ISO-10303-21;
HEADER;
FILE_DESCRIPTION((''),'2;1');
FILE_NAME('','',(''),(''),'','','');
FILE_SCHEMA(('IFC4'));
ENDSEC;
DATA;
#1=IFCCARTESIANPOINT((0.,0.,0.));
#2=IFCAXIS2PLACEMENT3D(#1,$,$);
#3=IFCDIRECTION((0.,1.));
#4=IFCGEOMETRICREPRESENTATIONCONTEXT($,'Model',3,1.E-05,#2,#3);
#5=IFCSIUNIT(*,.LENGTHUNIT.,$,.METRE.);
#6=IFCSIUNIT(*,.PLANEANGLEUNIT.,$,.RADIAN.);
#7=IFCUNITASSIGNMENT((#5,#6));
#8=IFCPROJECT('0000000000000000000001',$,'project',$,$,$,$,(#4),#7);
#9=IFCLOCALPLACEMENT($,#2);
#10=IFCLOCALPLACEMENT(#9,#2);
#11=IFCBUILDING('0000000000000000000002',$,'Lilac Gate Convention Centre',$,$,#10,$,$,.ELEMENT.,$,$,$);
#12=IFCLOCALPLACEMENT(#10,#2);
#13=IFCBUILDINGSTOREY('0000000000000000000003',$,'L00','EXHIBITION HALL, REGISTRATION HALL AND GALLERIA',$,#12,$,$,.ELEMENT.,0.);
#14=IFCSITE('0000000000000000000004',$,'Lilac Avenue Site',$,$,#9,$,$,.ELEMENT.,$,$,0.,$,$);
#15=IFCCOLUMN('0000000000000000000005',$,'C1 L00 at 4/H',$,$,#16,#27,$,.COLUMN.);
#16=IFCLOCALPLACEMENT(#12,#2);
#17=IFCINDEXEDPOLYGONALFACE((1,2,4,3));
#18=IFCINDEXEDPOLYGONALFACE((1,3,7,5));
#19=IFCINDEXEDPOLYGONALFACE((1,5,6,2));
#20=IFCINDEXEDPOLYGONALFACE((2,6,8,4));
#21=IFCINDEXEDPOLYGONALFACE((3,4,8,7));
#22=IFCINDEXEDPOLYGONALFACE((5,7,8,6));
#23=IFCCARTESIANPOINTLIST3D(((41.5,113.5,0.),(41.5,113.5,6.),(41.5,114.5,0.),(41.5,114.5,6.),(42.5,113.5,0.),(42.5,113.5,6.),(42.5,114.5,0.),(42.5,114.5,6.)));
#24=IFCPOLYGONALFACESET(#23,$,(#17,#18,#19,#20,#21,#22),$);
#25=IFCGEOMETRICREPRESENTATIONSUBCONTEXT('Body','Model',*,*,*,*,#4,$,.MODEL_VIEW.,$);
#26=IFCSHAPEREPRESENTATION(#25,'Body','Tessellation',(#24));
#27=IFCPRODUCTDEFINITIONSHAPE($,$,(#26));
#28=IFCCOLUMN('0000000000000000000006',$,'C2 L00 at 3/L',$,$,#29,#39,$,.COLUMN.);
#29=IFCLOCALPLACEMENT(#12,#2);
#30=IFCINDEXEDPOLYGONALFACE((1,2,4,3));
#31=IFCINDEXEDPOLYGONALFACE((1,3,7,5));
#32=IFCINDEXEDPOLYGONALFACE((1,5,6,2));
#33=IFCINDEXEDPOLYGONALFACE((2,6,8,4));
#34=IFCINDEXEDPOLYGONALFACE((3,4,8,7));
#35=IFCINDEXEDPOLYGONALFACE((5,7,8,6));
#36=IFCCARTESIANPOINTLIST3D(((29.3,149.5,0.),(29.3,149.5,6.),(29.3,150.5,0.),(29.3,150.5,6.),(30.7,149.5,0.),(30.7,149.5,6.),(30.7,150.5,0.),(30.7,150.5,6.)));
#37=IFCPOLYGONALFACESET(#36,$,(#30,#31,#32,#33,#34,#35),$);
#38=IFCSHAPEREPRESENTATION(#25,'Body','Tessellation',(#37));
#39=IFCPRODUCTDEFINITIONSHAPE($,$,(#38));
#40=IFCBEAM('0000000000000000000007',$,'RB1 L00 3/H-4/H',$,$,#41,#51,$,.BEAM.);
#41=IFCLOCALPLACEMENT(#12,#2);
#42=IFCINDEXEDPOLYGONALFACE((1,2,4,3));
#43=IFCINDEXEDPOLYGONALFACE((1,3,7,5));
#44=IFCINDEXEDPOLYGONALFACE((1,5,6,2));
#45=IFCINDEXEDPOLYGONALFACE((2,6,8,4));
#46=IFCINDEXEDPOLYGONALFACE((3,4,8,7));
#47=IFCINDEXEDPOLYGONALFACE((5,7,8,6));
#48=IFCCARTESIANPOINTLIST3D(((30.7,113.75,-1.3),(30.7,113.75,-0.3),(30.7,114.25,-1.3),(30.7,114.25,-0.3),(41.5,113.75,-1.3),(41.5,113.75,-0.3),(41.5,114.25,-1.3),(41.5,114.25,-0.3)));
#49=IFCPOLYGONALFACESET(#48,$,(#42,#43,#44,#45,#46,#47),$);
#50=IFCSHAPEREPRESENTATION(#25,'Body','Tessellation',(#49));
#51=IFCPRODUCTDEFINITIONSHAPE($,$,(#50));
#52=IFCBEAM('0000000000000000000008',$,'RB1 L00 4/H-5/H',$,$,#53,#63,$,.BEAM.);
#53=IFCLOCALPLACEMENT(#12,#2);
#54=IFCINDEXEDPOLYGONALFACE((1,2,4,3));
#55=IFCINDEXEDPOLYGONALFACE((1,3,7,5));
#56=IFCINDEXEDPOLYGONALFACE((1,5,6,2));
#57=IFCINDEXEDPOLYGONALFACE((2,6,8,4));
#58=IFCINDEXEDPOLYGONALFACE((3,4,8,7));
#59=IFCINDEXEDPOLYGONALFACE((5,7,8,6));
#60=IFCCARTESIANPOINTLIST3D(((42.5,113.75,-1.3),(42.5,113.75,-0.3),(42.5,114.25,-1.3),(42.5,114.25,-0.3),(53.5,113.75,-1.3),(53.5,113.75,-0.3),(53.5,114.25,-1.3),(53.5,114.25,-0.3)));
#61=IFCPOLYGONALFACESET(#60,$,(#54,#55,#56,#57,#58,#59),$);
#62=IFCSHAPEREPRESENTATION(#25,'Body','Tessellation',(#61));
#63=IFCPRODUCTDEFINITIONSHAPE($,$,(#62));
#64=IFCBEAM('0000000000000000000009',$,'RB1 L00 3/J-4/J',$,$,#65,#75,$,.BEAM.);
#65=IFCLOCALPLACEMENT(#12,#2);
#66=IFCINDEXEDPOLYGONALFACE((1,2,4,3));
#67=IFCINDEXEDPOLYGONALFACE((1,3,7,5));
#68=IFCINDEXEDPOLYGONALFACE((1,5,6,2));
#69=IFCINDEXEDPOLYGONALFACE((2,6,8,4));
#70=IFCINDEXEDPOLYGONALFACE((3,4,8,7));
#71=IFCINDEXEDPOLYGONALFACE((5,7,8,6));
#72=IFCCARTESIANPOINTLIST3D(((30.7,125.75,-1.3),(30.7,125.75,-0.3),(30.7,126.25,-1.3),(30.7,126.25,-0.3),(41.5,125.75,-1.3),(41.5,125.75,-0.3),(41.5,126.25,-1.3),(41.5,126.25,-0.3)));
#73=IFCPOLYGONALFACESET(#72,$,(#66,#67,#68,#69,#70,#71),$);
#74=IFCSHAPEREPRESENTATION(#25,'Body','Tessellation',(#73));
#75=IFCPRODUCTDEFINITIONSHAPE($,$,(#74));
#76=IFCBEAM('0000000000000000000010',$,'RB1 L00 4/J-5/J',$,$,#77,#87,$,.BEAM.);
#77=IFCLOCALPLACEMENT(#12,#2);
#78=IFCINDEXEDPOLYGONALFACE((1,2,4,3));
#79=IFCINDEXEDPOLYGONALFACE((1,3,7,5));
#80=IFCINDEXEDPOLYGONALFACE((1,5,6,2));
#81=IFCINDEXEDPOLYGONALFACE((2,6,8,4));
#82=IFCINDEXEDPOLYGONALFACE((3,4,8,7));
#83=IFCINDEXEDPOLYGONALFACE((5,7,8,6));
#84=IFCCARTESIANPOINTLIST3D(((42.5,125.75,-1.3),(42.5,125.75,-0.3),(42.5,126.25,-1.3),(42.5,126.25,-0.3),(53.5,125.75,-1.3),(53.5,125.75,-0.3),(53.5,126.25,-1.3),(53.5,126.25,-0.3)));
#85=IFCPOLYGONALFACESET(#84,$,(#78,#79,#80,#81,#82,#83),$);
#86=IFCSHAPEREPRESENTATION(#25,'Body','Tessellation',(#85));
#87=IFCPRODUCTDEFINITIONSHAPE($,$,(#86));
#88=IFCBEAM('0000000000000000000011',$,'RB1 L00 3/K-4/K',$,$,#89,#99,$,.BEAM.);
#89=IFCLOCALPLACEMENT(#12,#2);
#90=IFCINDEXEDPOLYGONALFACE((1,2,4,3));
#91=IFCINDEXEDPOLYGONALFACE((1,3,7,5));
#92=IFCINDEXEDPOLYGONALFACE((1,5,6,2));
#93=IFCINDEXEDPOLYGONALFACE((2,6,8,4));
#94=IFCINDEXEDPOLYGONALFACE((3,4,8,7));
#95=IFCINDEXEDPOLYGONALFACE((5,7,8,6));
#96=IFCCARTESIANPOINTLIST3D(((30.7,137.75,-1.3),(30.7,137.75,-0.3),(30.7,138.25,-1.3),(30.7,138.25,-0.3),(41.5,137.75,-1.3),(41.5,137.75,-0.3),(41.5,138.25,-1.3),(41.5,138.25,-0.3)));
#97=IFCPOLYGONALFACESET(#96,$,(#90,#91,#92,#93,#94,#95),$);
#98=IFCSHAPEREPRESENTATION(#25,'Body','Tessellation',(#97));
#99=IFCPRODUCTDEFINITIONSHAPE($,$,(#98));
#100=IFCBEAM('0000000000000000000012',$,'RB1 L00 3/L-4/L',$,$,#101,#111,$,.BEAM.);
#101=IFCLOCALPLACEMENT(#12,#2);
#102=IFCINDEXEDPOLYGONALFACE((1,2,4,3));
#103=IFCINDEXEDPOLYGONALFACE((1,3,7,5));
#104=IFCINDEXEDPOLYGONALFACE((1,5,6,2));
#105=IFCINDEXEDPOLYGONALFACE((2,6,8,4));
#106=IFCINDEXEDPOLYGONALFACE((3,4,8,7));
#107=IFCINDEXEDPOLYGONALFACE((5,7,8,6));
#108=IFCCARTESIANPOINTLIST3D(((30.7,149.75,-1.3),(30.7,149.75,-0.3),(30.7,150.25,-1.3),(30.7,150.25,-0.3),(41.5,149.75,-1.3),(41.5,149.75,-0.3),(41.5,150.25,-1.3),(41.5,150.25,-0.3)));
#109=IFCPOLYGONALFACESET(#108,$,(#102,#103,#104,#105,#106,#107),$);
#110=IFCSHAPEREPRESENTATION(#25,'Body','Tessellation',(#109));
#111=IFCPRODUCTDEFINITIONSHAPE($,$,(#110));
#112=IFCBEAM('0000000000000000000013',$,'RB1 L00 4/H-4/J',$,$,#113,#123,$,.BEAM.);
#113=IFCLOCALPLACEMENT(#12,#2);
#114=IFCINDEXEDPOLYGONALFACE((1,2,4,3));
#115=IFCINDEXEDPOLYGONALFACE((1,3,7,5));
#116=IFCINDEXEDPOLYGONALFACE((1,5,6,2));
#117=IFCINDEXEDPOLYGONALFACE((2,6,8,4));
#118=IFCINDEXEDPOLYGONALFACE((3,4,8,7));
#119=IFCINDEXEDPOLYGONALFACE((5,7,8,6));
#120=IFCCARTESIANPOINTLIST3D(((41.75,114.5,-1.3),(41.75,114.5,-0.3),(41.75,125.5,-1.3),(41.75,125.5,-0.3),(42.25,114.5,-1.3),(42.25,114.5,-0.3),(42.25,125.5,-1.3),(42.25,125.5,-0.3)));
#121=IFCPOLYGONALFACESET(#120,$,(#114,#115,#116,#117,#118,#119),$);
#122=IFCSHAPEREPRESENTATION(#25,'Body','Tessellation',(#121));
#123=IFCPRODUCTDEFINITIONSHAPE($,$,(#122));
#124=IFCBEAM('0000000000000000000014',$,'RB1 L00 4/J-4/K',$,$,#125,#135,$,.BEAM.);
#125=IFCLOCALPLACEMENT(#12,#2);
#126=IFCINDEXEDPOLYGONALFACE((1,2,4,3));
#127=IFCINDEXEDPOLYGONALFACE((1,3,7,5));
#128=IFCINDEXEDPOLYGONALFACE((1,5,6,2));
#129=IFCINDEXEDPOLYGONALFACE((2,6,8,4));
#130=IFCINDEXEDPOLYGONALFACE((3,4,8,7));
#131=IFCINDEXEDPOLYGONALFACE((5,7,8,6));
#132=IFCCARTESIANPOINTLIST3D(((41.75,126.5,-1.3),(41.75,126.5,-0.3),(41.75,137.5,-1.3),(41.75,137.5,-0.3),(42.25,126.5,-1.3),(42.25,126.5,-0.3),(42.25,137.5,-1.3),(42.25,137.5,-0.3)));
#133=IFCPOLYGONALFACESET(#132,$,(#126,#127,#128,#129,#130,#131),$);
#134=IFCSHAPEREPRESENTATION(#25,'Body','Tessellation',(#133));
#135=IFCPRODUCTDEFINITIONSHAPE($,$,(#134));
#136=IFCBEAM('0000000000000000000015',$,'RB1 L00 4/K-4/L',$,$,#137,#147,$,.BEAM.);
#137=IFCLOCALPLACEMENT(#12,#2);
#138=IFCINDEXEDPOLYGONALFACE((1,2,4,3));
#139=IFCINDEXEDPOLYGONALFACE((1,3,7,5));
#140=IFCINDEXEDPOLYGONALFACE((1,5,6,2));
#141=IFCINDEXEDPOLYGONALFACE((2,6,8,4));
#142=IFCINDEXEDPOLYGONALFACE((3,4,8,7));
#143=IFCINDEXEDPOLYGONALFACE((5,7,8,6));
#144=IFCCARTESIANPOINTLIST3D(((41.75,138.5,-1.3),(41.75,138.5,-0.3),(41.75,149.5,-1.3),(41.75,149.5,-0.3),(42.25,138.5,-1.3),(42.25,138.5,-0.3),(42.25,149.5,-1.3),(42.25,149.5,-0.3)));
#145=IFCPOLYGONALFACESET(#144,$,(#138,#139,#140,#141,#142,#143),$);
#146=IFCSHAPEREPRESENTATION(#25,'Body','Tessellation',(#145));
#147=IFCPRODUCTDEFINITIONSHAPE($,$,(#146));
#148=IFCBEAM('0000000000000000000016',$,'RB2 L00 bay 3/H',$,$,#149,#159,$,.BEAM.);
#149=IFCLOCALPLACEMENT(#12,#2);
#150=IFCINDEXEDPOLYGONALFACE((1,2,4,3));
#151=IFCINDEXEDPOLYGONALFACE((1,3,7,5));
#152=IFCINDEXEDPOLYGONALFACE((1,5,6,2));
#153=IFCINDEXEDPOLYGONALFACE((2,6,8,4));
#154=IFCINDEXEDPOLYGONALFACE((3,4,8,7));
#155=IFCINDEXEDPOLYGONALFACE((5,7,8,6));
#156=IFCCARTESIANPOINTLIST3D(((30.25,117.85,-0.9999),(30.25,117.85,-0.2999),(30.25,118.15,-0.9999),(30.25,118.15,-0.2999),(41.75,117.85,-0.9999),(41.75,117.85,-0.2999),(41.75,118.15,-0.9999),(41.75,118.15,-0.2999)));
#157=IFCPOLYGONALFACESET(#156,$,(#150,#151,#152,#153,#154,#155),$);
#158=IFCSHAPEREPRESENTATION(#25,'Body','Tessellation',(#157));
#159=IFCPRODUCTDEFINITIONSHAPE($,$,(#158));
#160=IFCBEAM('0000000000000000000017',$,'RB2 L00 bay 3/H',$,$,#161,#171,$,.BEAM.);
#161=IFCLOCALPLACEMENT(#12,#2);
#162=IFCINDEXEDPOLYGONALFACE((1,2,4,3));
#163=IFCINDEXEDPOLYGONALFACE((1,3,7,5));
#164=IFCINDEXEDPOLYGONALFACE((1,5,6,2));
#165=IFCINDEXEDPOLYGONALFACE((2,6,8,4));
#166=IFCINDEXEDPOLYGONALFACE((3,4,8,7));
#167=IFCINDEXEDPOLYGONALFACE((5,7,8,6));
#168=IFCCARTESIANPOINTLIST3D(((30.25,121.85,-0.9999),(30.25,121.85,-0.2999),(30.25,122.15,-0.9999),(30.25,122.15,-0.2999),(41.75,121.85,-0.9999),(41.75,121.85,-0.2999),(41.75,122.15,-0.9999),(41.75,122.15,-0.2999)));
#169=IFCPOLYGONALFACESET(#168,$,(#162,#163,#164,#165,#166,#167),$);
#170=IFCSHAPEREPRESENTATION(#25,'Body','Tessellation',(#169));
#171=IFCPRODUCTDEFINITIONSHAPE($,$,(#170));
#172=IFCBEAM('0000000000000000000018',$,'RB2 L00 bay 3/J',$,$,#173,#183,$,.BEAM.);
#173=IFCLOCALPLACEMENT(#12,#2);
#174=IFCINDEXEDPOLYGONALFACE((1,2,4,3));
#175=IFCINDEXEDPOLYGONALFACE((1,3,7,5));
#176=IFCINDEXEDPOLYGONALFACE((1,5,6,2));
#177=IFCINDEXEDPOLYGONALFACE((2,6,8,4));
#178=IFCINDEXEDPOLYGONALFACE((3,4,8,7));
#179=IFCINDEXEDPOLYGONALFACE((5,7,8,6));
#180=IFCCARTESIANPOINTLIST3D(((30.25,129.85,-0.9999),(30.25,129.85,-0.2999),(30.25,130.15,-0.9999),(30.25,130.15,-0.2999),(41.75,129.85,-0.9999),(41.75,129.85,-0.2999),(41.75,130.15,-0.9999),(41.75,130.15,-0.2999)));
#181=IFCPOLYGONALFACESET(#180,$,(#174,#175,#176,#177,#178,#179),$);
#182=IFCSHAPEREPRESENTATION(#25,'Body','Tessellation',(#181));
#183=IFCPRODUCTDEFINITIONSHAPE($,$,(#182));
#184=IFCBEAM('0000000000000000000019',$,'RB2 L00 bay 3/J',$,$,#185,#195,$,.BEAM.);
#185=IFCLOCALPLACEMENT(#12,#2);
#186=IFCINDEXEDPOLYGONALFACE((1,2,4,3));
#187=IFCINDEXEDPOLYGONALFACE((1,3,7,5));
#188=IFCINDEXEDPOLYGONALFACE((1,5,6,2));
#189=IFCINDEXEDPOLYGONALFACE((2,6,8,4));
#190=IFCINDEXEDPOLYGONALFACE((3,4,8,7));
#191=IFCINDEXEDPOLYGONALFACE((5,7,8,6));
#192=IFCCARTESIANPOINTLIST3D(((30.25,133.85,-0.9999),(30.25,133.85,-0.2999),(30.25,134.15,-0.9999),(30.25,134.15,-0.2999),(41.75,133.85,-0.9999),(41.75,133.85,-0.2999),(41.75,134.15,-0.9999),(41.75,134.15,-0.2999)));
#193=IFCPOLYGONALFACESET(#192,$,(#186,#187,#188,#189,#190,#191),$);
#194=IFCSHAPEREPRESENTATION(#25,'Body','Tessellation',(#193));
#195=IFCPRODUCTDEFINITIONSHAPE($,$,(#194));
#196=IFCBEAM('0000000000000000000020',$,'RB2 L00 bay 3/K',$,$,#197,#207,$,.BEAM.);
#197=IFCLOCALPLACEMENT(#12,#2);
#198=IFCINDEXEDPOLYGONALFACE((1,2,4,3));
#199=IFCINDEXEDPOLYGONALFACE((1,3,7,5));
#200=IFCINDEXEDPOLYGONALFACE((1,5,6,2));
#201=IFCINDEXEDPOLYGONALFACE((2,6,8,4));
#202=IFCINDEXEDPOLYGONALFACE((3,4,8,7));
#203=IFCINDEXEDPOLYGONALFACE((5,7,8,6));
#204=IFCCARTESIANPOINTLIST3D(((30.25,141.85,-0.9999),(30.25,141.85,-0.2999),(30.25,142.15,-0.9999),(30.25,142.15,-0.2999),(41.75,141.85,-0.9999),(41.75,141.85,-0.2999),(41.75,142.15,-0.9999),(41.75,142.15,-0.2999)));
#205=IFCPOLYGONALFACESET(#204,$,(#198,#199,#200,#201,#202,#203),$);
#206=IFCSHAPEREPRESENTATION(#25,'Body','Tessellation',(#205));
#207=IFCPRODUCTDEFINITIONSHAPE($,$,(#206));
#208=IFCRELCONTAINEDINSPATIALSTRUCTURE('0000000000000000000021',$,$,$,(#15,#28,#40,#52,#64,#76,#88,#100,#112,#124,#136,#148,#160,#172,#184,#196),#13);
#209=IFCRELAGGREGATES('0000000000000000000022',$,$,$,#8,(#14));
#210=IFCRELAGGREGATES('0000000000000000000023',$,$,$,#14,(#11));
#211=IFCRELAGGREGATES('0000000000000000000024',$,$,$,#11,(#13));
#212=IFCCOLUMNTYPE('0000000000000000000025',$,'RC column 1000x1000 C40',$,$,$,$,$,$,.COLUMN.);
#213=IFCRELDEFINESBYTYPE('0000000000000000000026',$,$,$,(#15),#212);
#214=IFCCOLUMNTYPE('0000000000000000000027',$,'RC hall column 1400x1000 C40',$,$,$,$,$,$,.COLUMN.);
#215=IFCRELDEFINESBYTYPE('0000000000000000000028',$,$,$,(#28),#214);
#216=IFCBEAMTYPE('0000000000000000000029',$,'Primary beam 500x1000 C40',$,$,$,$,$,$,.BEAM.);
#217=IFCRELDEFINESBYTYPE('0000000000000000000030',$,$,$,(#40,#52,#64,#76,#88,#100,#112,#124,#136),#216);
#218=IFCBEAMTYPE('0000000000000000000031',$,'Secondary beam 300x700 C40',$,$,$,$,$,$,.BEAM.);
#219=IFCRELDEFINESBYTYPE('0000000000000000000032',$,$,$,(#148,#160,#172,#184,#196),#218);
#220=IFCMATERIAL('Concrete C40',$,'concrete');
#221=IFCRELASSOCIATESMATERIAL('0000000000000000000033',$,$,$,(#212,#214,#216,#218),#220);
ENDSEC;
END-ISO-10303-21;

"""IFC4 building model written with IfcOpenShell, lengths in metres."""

from ifc_helpers import new_model, si_unit, direction, frame, origin, origin_2d, place, context, subcontext, project, spatial, rectangle, extrude, material, material_profile, profile_set, type_object, element, save


model = new_model("IFC4")

# Units and contexts
model_context = context("Model", 3, precision=1e-05, world=origin(), true_north=direction((0.0, 1.0)))
body_context = subcontext(model_context, "Body", "Model", "MODEL_VIEW")
ifc_project = project(units=[si_unit("LENGTHUNIT", "METRE"), si_unit("PLANEANGLEUNIT", "RADIAN")], contexts=[model_context])

# Site, building, storey
site_placement = place(None, origin())
site = spatial("IfcSite", under=ifc_project, at=site_placement, Name="Lilac Avenue Site", CompositionType="ELEMENT", RefElevation=0.0)
building_placement = place(site_placement, origin())
building = spatial("IfcBuilding", under=site, at=building_placement, Name="Lilac Gate Convention Centre", CompositionType="ELEMENT")
storey_placement = place(building_placement, origin())
storey = spatial("IfcBuildingStorey", under=building, at=storey_placement, Name="L00", Description="EXHIBITION HALL, REGISTRATION HALL AND GALLERIA", CompositionType="ELEMENT", Elevation=0.0)

# Columns
ifc_material_1 = material(Name="Concrete C40", Category="concrete")
ifc_material_profile_1 = material_profile(ifc_material_1, rectangle(XDim=1.0, YDim=1.0, at=origin_2d()), Name="RC 1000x1000")
ifc_profile_set_1 = profile_set([ifc_material_profile_1], Name="Concrete C40")
column_type_1 = type_object("IfcColumnType", Name="RC column 1000x1000 C40", PredefinedType="COLUMN", material=ifc_profile_set_1)
column_1_placement = place(storey_placement, frame((42.0, 114.0, 0.0), z_axis=(0.0, 0.0, 1.0), x_axis=(1.0, 0.0, 0.0)))
element("IfcColumn", 1, at=column_1_placement, inside=storey, type_object=column_type_1, Name="C1 L00 at 4/H", PredefinedType="COLUMN", context=body_context, shape_type="SweptSolid", body=[
    extrude(rectangle(XDim=1.0, YDim=1.0, at=origin_2d()), origin(), (0.0, 0.0, 1.0), 6.0),
])
ifc_material_profile_2 = material_profile(ifc_material_1, rectangle(XDim=1.3999, YDim=1.0, at=origin_2d()), Name="RC 1400x1000")
ifc_profile_set_2 = profile_set([ifc_material_profile_2], Name="Concrete C40")
column_type_2 = type_object("IfcColumnType", Name="RC hall column 1400x1000 C40", PredefinedType="COLUMN", material=ifc_profile_set_2)
column_2_placement = place(storey_placement, frame((30.0, 150.0, 0.0), z_axis=(0.0, 0.0, 1.0), x_axis=(1.0, 0.0, 0.0)))
element("IfcColumn", 2, at=column_2_placement, inside=storey, type_object=column_type_2, Name="C2 L00 at 3/L", PredefinedType="COLUMN", context=body_context, shape_type="SweptSolid", body=[
    extrude(rectangle(XDim=1.3999, YDim=1.0, at=origin_2d()), origin(), (0.0, 0.0, 1.0), 6.0),
])

# Beams
ifc_material_profile_3 = material_profile(ifc_material_1, rectangle(XDim=0.5, YDim=1.0, at=origin_2d()), Name="RC 500x1000")
ifc_profile_set_3 = profile_set([ifc_material_profile_3], Name="Concrete C40")
beam_type_1 = type_object("IfcBeamType", Name="Primary beam 500x1000 C40", PredefinedType="BEAM", material=ifc_profile_set_3)
beam_1_placement = place(storey_placement, frame((30.7, 114.0, -0.8), z_axis=(1.0, 0.0, 0.0), x_axis=(0.0, 1.0, 0.0)))
element("IfcBeam", 3, at=beam_1_placement, inside=storey, type_object=beam_type_1, Name="RB1 L00 3/H-4/H", PredefinedType="BEAM", context=body_context, shape_type="SweptSolid", body=[
    extrude(rectangle(XDim=0.5, YDim=1.0, at=origin_2d()), origin(), (0.0, 0.0, 1.0), 10.8),
])
beam_2_placement = place(storey_placement, frame((42.5, 114.0, -0.8), z_axis=(1.0, 0.0, 0.0), x_axis=(0.0, 1.0, 0.0)))
element("IfcBeam", 4, at=beam_2_placement, inside=storey, type_object=beam_type_1, Name="RB1 L00 4/H-5/H", PredefinedType="BEAM", context=body_context, shape_type="SweptSolid", body=[
    extrude(rectangle(XDim=0.5, YDim=1.0, at=origin_2d()), origin(), (0.0, 0.0, 1.0), 11.0),
])
beam_3_placement = place(storey_placement, frame((30.7, 126.0, -0.8), z_axis=(1.0, 0.0, 0.0), x_axis=(0.0, 1.0, 0.0)))
element("IfcBeam", 5, at=beam_3_placement, inside=storey, type_object=beam_type_1, Name="RB1 L00 3/J-4/J", PredefinedType="BEAM", context=body_context, shape_type="SweptSolid", body=[
    extrude(rectangle(XDim=0.5, YDim=1.0, at=origin_2d()), origin(), (0.0, 0.0, 1.0), 10.8),
])
beam_4_placement = place(storey_placement, frame((42.5, 126.0, -0.8), z_axis=(1.0, 0.0, 0.0), x_axis=(0.0, 1.0, 0.0)))
element("IfcBeam", 6, at=beam_4_placement, inside=storey, type_object=beam_type_1, Name="RB1 L00 4/J-5/J", PredefinedType="BEAM", context=body_context, shape_type="SweptSolid", body=[
    extrude(rectangle(XDim=0.5, YDim=1.0, at=origin_2d()), origin(), (0.0, 0.0, 1.0), 11.0),
])
for number, where, z_axis, x_axis, name in (
    (7, (30.7, 138.0, -0.8), (1.0, 0.0, 0.0), (0.0, 1.0, 0.0), "RB1 L00 3/K-4/K"),
    (8, (30.7, 150.0, -0.8), (1.0, 0.0, 0.0), (0.0, 1.0, 0.0), "RB1 L00 3/L-4/L"),
):
    element("IfcBeam", number, at=place(storey_placement, frame(where, z_axis=z_axis, x_axis=x_axis)), inside=storey, type_object=beam_type_1, Name=name, PredefinedType="BEAM", context=body_context, shape_type="SweptSolid", body=[
        extrude(rectangle(XDim=0.5, YDim=1.0, at=origin_2d()), origin(), (0.0, 0.0, 1.0), 10.8),
    ])
for number, where, z_axis, x_axis, name in (
    (9, (42.0, 114.5, -0.8), (0.0, 1.0, 0.0), (-1.0, 0.0, 0.0), "RB1 L00 4/H-4/J"),
    (10, (42.0, 126.5, -0.8), (0.0, 1.0, 0.0), (-1.0, 0.0, 0.0), "RB1 L00 4/J-4/K"),
    (11, (42.0, 138.5, -0.8), (0.0, 1.0, 0.0), (-1.0, 0.0, 0.0), "RB1 L00 4/K-4/L"),
):
    element("IfcBeam", number, at=place(storey_placement, frame(where, z_axis=z_axis, x_axis=x_axis)), inside=storey, type_object=beam_type_1, Name=name, PredefinedType="BEAM", context=body_context, shape_type="SweptSolid", body=[
        extrude(rectangle(XDim=0.5, YDim=1.0, at=origin_2d()), origin(), (0.0, 0.0, 1.0), 11.0),
    ])
ifc_material_profile_4 = material_profile(ifc_material_1, rectangle(XDim=0.3, YDim=0.7, at=origin_2d()), Name="RC 300x700")
ifc_profile_set_4 = profile_set([ifc_material_profile_4], Name="Concrete C40")
beam_type_2 = type_object("IfcBeamType", Name="Secondary beam 300x700 C40", PredefinedType="BEAM", material=ifc_profile_set_4)
for number, where, z_axis, x_axis, name in (
    (12, (30.25, 118.0, -0.6499), (1.0, 0.0, 0.0), (0.0, 1.0, 0.0), "RB2 L00 bay 3/H"),
    (13, (30.25, 122.0, -0.6499), (1.0, 0.0, 0.0), (0.0, 1.0, 0.0), "RB2 L00 bay 3/H"),
    (14, (30.25, 130.0, -0.6499), (1.0, 0.0, 0.0), (0.0, 1.0, 0.0), "RB2 L00 bay 3/J"),
    (15, (30.25, 134.0, -0.6499), (1.0, 0.0, 0.0), (0.0, 1.0, 0.0), "RB2 L00 bay 3/J"),
    (16, (30.25, 142.0, -0.6499), (1.0, 0.0, 0.0), (0.0, 1.0, 0.0), "RB2 L00 bay 3/K"),
):
    element("IfcBeam", number, at=place(storey_placement, frame(where, z_axis=z_axis, x_axis=x_axis)), inside=storey, type_object=beam_type_2, Name=name, PredefinedType="BEAM", context=body_context, shape_type="SweptSolid", body=[
        extrude(rectangle(XDim=0.3, YDim=0.7, at=origin_2d()), origin(), (0.0, 0.0, 1.0), 11.5),
    ])

save(model, "model.ifc")
